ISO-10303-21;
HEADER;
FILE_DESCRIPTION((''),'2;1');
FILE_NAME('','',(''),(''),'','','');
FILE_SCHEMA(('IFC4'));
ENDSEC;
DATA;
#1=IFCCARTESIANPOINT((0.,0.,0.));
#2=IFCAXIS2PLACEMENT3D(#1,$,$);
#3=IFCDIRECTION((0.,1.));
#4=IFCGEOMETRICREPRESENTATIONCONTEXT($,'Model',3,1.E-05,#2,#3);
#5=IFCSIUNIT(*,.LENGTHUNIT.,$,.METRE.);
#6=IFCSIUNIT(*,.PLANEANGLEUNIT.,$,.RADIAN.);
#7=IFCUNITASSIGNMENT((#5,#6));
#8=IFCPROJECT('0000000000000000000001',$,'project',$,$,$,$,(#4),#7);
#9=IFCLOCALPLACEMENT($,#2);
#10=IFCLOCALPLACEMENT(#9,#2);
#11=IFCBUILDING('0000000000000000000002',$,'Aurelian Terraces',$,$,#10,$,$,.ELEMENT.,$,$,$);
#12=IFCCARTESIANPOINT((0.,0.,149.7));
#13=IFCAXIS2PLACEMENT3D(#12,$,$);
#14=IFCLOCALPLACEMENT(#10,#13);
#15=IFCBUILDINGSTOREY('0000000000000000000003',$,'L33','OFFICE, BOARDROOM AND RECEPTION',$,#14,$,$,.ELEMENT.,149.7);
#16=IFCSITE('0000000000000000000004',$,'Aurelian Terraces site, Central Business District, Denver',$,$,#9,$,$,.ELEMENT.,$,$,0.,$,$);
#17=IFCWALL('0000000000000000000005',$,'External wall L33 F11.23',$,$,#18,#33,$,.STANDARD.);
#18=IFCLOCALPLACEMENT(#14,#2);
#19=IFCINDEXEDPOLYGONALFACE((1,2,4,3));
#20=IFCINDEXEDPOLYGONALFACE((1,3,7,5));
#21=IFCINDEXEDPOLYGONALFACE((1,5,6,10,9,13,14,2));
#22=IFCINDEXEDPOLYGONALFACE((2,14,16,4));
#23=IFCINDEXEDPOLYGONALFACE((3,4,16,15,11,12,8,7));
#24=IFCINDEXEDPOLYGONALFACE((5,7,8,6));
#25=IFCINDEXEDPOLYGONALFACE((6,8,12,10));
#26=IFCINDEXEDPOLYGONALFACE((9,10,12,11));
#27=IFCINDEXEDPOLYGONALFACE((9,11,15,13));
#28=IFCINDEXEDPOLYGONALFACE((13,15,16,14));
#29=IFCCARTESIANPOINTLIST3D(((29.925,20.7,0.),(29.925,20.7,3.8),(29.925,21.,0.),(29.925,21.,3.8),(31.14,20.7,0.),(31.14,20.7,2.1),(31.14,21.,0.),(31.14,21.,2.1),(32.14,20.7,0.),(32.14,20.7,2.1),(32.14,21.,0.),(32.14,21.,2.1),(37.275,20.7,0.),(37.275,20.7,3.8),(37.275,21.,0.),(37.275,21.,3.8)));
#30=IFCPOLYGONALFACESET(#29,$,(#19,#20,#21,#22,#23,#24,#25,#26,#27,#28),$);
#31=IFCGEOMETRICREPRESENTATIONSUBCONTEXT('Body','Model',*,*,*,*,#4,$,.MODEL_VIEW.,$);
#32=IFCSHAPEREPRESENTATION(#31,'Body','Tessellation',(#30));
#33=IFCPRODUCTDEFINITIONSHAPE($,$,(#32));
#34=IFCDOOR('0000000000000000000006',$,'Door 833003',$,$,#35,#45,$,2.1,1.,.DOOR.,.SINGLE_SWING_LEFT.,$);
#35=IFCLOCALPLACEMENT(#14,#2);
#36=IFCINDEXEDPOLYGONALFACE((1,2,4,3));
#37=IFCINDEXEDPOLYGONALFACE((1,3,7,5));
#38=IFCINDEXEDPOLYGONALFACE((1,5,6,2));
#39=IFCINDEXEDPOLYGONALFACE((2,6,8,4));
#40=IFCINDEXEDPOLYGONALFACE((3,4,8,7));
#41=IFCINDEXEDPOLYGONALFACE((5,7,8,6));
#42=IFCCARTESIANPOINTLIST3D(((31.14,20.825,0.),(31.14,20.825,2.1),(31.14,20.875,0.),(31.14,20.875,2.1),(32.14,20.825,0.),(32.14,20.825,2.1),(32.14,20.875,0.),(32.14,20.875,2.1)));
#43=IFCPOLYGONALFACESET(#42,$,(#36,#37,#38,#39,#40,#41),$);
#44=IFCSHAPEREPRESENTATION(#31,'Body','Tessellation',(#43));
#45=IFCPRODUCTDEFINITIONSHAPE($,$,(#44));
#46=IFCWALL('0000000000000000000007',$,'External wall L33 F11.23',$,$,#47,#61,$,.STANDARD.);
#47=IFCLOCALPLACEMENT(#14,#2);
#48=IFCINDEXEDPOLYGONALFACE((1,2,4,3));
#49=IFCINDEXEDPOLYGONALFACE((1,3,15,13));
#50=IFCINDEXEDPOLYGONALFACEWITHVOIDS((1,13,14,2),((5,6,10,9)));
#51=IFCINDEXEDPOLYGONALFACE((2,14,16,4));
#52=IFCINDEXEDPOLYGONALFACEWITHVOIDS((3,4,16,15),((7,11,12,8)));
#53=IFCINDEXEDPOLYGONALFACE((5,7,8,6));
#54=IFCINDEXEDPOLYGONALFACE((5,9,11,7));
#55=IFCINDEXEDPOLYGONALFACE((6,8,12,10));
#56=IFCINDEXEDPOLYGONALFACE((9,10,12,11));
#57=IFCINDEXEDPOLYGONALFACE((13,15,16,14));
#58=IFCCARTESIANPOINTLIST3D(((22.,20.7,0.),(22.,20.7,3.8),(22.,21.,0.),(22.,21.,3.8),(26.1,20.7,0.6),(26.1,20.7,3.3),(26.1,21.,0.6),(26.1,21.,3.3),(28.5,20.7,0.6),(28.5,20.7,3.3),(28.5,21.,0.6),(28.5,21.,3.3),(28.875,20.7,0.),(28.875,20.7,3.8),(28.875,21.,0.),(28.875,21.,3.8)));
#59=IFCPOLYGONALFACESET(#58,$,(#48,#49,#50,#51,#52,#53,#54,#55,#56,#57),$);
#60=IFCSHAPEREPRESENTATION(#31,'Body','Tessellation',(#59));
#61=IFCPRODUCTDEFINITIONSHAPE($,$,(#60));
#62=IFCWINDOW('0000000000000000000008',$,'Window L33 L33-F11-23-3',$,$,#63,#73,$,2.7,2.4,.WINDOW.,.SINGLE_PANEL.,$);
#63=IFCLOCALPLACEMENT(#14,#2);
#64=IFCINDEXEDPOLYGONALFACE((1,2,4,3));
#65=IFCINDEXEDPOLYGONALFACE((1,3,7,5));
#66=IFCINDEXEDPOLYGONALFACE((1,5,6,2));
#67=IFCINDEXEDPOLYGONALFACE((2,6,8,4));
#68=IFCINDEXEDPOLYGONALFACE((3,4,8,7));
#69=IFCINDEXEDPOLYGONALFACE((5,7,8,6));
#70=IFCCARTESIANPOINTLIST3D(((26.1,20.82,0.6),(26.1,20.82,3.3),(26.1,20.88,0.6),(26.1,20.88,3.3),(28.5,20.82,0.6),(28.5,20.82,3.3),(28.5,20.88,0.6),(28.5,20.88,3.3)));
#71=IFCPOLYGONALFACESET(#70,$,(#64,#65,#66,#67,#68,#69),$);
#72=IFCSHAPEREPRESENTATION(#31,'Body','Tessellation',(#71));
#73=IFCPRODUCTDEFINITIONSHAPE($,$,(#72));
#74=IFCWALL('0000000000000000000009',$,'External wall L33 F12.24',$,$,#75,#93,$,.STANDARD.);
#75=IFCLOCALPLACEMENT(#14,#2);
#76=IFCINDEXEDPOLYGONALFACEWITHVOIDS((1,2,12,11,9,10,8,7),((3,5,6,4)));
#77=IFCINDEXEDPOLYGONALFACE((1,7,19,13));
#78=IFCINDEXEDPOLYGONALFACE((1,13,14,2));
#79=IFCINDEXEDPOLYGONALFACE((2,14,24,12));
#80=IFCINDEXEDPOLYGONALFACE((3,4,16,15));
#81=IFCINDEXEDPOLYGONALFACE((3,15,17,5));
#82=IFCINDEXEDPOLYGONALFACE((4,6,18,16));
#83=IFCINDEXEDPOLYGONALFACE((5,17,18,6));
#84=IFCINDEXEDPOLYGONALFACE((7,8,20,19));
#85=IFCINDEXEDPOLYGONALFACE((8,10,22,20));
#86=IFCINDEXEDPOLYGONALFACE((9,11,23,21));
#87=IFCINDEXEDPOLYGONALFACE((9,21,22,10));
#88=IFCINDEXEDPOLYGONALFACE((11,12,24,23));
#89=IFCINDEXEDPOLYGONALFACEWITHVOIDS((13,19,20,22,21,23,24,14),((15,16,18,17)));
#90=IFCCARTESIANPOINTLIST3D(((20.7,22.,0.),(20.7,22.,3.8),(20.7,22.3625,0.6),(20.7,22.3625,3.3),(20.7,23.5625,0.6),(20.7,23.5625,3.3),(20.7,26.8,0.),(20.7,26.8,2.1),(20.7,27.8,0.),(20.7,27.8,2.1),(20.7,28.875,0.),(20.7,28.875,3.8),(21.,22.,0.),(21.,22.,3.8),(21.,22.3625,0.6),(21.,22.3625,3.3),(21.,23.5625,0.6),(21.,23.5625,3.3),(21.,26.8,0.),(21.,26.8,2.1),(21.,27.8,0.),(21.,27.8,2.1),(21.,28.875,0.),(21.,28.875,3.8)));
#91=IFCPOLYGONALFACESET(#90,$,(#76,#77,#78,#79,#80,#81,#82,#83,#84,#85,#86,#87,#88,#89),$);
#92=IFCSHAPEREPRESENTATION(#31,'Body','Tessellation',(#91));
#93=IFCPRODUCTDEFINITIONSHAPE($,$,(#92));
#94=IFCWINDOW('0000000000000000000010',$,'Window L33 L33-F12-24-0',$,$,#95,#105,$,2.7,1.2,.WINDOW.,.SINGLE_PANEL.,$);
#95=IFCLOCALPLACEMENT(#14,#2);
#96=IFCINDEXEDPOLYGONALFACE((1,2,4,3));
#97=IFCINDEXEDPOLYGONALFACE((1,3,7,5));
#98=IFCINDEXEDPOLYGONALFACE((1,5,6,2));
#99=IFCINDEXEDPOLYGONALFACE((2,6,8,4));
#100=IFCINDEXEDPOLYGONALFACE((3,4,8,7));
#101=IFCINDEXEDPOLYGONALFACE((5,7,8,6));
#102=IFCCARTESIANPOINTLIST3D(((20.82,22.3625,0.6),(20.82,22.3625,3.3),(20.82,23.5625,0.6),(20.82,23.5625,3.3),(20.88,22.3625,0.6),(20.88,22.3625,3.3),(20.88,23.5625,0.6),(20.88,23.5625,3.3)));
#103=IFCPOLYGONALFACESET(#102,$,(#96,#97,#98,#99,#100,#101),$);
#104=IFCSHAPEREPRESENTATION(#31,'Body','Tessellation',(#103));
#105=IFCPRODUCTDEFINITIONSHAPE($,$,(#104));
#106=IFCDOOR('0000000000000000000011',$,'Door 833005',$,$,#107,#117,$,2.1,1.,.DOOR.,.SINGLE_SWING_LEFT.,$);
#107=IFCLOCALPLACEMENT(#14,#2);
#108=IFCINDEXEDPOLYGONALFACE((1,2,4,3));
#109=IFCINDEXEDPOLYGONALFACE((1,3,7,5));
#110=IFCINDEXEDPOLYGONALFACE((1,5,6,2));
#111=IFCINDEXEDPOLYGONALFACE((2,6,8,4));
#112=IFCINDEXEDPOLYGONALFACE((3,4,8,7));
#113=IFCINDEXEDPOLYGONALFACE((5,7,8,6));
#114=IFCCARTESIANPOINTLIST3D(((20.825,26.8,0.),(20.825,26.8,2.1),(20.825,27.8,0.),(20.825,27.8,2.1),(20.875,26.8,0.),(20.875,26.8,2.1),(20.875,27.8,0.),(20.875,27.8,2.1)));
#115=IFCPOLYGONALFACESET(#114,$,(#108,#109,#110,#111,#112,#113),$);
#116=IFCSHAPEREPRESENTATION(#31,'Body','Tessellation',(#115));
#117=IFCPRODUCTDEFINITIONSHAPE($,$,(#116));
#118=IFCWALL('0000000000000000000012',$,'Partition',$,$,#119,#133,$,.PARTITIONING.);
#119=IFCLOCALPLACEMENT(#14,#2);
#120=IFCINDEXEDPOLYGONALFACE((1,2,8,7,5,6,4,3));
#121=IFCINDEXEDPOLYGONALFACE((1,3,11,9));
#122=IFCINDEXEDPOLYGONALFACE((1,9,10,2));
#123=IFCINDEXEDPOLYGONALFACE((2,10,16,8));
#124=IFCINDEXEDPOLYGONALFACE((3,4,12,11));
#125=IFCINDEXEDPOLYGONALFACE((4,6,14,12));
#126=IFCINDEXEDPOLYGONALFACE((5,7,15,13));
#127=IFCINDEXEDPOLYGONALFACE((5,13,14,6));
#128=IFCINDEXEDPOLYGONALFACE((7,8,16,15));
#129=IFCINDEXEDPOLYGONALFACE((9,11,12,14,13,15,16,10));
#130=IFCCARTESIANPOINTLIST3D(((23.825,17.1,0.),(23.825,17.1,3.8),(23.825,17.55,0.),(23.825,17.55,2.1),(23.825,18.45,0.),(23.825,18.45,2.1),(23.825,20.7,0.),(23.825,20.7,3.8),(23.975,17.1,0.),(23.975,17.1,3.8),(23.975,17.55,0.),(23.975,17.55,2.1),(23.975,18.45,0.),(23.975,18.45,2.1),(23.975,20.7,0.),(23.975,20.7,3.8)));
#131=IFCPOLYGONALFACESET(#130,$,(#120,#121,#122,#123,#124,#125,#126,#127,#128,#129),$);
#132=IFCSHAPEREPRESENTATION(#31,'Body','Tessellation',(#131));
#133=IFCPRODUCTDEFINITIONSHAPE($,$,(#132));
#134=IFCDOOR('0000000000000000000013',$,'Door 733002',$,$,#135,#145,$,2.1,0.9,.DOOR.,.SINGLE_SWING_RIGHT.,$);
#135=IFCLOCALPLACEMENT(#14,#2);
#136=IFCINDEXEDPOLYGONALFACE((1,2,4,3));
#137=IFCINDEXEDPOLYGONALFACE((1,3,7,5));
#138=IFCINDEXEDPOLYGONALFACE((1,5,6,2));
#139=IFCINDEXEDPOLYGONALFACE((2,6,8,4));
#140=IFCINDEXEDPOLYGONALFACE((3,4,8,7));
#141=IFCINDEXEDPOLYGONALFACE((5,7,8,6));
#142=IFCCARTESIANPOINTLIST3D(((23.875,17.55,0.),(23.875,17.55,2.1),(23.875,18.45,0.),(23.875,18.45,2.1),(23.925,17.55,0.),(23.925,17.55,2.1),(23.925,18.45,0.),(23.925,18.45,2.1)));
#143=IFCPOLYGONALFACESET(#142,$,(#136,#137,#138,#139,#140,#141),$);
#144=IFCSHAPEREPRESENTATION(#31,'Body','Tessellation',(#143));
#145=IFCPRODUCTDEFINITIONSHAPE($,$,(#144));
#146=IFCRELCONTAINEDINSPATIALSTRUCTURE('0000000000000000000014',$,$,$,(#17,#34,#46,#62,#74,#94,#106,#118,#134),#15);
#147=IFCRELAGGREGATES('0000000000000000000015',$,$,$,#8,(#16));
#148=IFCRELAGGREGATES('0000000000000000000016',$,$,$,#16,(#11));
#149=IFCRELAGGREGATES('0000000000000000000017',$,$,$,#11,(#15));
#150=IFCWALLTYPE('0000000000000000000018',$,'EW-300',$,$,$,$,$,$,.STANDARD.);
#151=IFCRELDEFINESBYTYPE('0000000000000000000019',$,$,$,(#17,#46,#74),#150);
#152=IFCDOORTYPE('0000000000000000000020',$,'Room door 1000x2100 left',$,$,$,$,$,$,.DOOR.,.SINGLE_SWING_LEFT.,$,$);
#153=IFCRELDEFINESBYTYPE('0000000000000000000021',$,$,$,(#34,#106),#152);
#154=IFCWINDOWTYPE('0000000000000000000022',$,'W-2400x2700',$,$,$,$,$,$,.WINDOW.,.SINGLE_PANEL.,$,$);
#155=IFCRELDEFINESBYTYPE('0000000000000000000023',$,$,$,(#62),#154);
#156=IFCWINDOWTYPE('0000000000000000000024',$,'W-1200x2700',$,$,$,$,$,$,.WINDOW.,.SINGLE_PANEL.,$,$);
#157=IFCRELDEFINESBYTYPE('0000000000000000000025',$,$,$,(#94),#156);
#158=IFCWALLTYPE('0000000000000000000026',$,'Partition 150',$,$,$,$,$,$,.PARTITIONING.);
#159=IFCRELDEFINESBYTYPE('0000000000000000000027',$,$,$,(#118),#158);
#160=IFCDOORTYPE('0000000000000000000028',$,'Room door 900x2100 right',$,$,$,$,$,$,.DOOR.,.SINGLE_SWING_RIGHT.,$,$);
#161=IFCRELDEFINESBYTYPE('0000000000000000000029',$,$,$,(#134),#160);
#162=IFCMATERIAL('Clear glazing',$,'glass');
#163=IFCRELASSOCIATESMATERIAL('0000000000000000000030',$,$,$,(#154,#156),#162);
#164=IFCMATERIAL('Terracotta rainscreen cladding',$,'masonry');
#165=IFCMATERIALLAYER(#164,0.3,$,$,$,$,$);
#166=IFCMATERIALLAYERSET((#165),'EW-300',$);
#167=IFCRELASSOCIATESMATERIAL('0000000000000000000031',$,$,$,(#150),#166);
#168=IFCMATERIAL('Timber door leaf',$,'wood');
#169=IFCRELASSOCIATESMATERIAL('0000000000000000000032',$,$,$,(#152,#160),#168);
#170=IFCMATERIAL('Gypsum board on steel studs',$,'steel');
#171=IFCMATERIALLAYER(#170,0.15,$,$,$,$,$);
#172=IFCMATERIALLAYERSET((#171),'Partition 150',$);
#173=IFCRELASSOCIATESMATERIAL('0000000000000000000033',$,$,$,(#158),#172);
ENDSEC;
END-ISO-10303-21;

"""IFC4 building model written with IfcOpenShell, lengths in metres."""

from ifc_helpers import new_model, si_unit, direction, frame, frame_2d, origin, place, context, subcontext, project, spatial, rectangle, extrude, source, transform, mapped, material, layer, layer_set, type_object, element, fill, save


model = new_model("IFC4")

# Units and contexts
model_context = context("Model", 3, precision=1e-05, world=origin(), true_north=direction((0.0, 1.0)))
body_context = subcontext(model_context, "Body", "Model", "MODEL_VIEW")
ifc_project = project(units=[si_unit("LENGTHUNIT", "METRE"), si_unit("PLANEANGLEUNIT", "RADIAN")], contexts=[model_context])

# Site, building, storey
site_placement = place(None, origin())
site = spatial("IfcSite", under=ifc_project, at=site_placement, Name="Aurelian Terraces site, Central Business District, Denver", CompositionType="ELEMENT", RefElevation=0.0)
building_placement = place(site_placement, origin())
building = spatial("IfcBuilding", under=site, at=building_placement, Name="Aurelian Terraces", CompositionType="ELEMENT")
storey_placement = place(building_placement, frame((0.0, 0.0, 149.7)))
storey = spatial("IfcBuildingStorey", under=building, at=storey_placement, Name="L33", Description="OFFICE, BOARDROOM AND RECEPTION", CompositionType="ELEMENT", Elevation=149.7)

# Shared definitions
ifc_material_1 = material(Name="Clear glazing", Category="glass")
window_type_1 = type_object("IfcWindowType", Name="W-2400x2700", PartitioningType="SINGLE_PANEL", PredefinedType="WINDOW", material=ifc_material_1)
shared_shape_1 = source(origin(), body_context, "Body", "SweptSolid", [
    extrude(rectangle(XDim=2.4, YDim=2.7, at=frame_2d((1.2, 1.35))), frame((0.0, 0.03, 0.0), z_axis=(0.0, -1.0, 0.0), x_axis=(1.0, 0.0, 0.0)), (0.0, 0.0, 1.0), 0.06),
])

# Wall, opening, door
ifc_material_2 = material(Name="Terracotta rainscreen cladding", Category="masonry")
ifc_layer_1 = layer(ifc_material_2, 0.3)
ifc_layer_set_1 = layer_set([ifc_layer_1], Name="EW-300")
wall_type_1 = type_object("IfcWallType", Name="EW-300", PredefinedType="STANDARD", material=ifc_layer_set_1)
shared_shape_2 = source(origin(), body_context, "Body", "SweptSolid", [
    extrude(rectangle(XDim=7.35, YDim=0.3, at=frame_2d((3.675, 0.0))), origin(), (0.0, 0.0, 1.0), 3.8),
])
wall_1_placement = place(storey_placement, frame((37.275, 20.85, 0.0), z_axis=(0.0, 0.0, 1.0), x_axis=(-1.0, 0.0, 0.0)))
wall_1 = element("IfcWall", 1, at=wall_1_placement, inside=storey, type_object=wall_type_1, Name="External wall L33 F11.23", PredefinedType="STANDARD", context=body_context, shape_type="MappedRepresentation", body=[
    mapped(shared_shape_2, transform((0.0, 0.0, 0.0), scale=1.0)),
])
shared_shape_3 = source(origin(), body_context, "Body", "SweptSolid", [
    extrude(rectangle(XDim=1.0, YDim=2.1, at=frame_2d((0.5, 1.05))), frame((0.0, 0.16, 0.0), z_axis=(0.0, -1.0, 0.0), x_axis=(1.0, 0.0, 0.0)), (0.0, 0.0, 1.0), 0.32),
])
opening_1_placement = place(wall_1_placement, frame((5.135, 0.0, 0.0)))
opening_1 = element("IfcOpeningElement", 2, at=opening_1_placement, cuts=wall_1, PredefinedType="OPENING", context=body_context, shape_type="MappedRepresentation", body=[
    mapped(shared_shape_3, transform((0.0, 0.0, 0.0), scale=1.0)),
])
ifc_material_3 = material(Name="Timber door leaf", Category="wood")
door_type_1 = type_object("IfcDoorType", Name="Room door 1000x2100 left", OperationType="SINGLE_SWING_LEFT", PredefinedType="DOOR", material=ifc_material_3)
shared_shape_4 = source(origin(), body_context, "Body", "SweptSolid", [
    extrude(rectangle(XDim=1.0, YDim=2.1, at=frame_2d((0.5, 1.05))), frame((0.0, 0.025, 0.0), z_axis=(0.0, -1.0, 0.0), x_axis=(1.0, 0.0, 0.0)), (0.0, 0.0, 1.0), 0.05),
])
door_1_placement = place(opening_1_placement, origin())
door_1 = element("IfcDoor", 3, at=door_1_placement, inside=storey, type_object=door_type_1, Name="Door 833003", OperationType="SINGLE_SWING_LEFT", OverallHeight=2.1, OverallWidth=1.0, PredefinedType="DOOR", context=body_context, shape_type="MappedRepresentation", body=[
    mapped(shared_shape_4, transform((0.0, 0.0, 0.0), scale=1.0)),
])
fill(opening_1, door_1)

# Wall, opening, window
shared_shape_5 = source(origin(), body_context, "Body", "SweptSolid", [
    extrude(rectangle(XDim=6.875, YDim=0.3, at=frame_2d((3.4375, 0.0))), origin(), (0.0, 0.0, 1.0), 3.8),
])
wall_2_placement = place(storey_placement, frame((28.875, 20.85, 0.0), z_axis=(0.0, 0.0, 1.0), x_axis=(-1.0, 0.0, 0.0)))
wall_2 = element("IfcWall", 4, at=wall_2_placement, inside=storey, type_object=wall_type_1, Name="External wall L33 F11.23", PredefinedType="STANDARD", context=body_context, shape_type="MappedRepresentation", body=[
    mapped(shared_shape_5, transform((0.0, 0.0, 0.0), scale=1.0)),
])
shared_shape_6 = source(origin(), body_context, "Body", "SweptSolid", [
    extrude(rectangle(XDim=2.4, YDim=2.7, at=frame_2d((1.2, 1.35))), frame((0.0, 0.16, 0.0), z_axis=(0.0, -1.0, 0.0), x_axis=(1.0, 0.0, 0.0)), (0.0, 0.0, 1.0), 0.32),
])
opening_2_placement = place(wall_2_placement, frame((0.375, 0.0, 0.6)))
opening_2 = element("IfcOpeningElement", 5, at=opening_2_placement, cuts=wall_2, PredefinedType="OPENING", context=body_context, shape_type="MappedRepresentation", body=[
    mapped(shared_shape_6, transform((0.0, 0.0, 0.0), scale=1.0)),
])
window_1_placement = place(opening_2_placement, origin())
window_1 = element("IfcWindow", 6, at=window_1_placement, inside=storey, type_object=window_type_1, Name="Window L33 L33-F11-23-3", OverallHeight=2.7, OverallWidth=2.4, PartitioningType="SINGLE_PANEL", PredefinedType="WINDOW", context=body_context, shape_type="MappedRepresentation", body=[
    mapped(shared_shape_1, transform((0.0, 0.0, 0.0), scale=1.0)),
])
fill(opening_2, window_1)

# Wall, openings, window, door
wall_3_placement = place(storey_placement, frame((20.85, 22.0, 0.0), z_axis=(0.0, 0.0, 1.0), x_axis=(0.0, 1.0, 0.0)))
wall_3 = element("IfcWall", 7, at=wall_3_placement, inside=storey, type_object=wall_type_1, Name="External wall L33 F12.24", PredefinedType="STANDARD", context=body_context, shape_type="MappedRepresentation", body=[
    mapped(shared_shape_5, transform((0.0, 0.0, 0.0), scale=1.0)),
])
shared_shape_7 = source(origin(), body_context, "Body", "SweptSolid", [
    extrude(rectangle(XDim=1.2, YDim=2.7, at=frame_2d((0.6, 1.35))), frame((0.0, 0.16, 0.0), z_axis=(0.0, -1.0, 0.0), x_axis=(1.0, 0.0, 0.0)), (0.0, 0.0, 1.0), 0.32),
])
opening_3_placement = place(wall_3_placement, frame((0.3625, 0.0, 0.6)))
opening_3 = element("IfcOpeningElement", 8, at=opening_3_placement, cuts=wall_3, PredefinedType="OPENING", context=body_context, shape_type="MappedRepresentation", body=[
    mapped(shared_shape_7, transform((0.0, 0.0, 0.0), scale=1.0)),
])
opening_4_placement = place(wall_3_placement, frame((4.8, 0.0, 0.0)))
opening_4 = element("IfcOpeningElement", 9, at=opening_4_placement, cuts=wall_3, PredefinedType="OPENING", context=body_context, shape_type="MappedRepresentation", body=[
    mapped(shared_shape_3, transform((0.0, 0.0, 0.0), scale=1.0)),
])
window_type_2 = type_object("IfcWindowType", Name="W-1200x2700", PartitioningType="SINGLE_PANEL", PredefinedType="WINDOW", material=ifc_material_1)
shared_shape_8 = source(origin(), body_context, "Body", "SweptSolid", [
    extrude(rectangle(XDim=1.2, YDim=2.7, at=frame_2d((0.6, 1.35))), frame((0.0, 0.03, 0.0), z_axis=(0.0, -1.0, 0.0), x_axis=(1.0, 0.0, 0.0)), (0.0, 0.0, 1.0), 0.06),
])
window_2_placement = place(opening_3_placement, origin())
window_2 = element("IfcWindow", 10, at=window_2_placement, inside=storey, type_object=window_type_2, Name="Window L33 L33-F12-24-0", OverallHeight=2.7, OverallWidth=1.2, PartitioningType="SINGLE_PANEL", PredefinedType="WINDOW", context=body_context, shape_type="MappedRepresentation", body=[
    mapped(shared_shape_8, transform((0.0, 0.0, 0.0), scale=1.0)),
])
fill(opening_3, window_2)
door_2_placement = place(opening_4_placement, origin())
door_2 = element("IfcDoor", 11, at=door_2_placement, inside=storey, type_object=door_type_1, Name="Door 833005", OperationType="SINGLE_SWING_LEFT", OverallHeight=2.1, OverallWidth=1.0, PredefinedType="DOOR", context=body_context, shape_type="MappedRepresentation", body=[
    mapped(shared_shape_4, transform((0.0, 0.0, 0.0), scale=1.0)),
])
fill(opening_4, door_2)

# Wall, opening, door
ifc_material_4 = material(Name="Gypsum board on steel studs", Category="steel")
ifc_layer_2 = layer(ifc_material_4, 0.15)
ifc_layer_set_2 = layer_set([ifc_layer_2], Name="Partition 150")
wall_type_2 = type_object("IfcWallType", Name="Partition 150", PredefinedType="PARTITIONING", material=ifc_layer_set_2)
shared_shape_9 = source(origin(), body_context, "Body", "SweptSolid", [
    extrude(rectangle(XDim=3.6, YDim=0.15, at=frame_2d((1.8, 0.0))), origin(), (0.0, 0.0, 1.0), 3.8),
])
wall_4_placement = place(storey_placement, frame((23.9, 20.7, 0.0), z_axis=(0.0, 0.0, 1.0), x_axis=(0.0, -1.0, 0.0)))
wall_4 = element("IfcWall", 12, at=wall_4_placement, inside=storey, type_object=wall_type_2, Name="Partition", PredefinedType="PARTITIONING", context=body_context, shape_type="MappedRepresentation", body=[
    mapped(shared_shape_9, transform((0.0, 0.0, 0.0), scale=1.0)),
])
shared_shape_10 = source(origin(), body_context, "Body", "SweptSolid", [
    extrude(rectangle(XDim=0.9, YDim=2.1, at=frame_2d((0.45, 1.05))), frame((0.0, 0.085, 0.0), z_axis=(0.0, -1.0, 0.0), x_axis=(1.0, 0.0, 0.0)), (0.0, 0.0, 1.0), 0.17),
])
opening_5_placement = place(wall_4_placement, frame((2.25, 0.0, 0.0)))
opening_5 = element("IfcOpeningElement", 13, at=opening_5_placement, cuts=wall_4, PredefinedType="OPENING", context=body_context, shape_type="MappedRepresentation", body=[
    mapped(shared_shape_10, transform((0.0, 0.0, 0.0), scale=1.0)),
])
door_type_2 = type_object("IfcDoorType", Name="Room door 900x2100 right", OperationType="SINGLE_SWING_RIGHT", PredefinedType="DOOR", material=ifc_material_3)
shared_shape_11 = source(origin(), body_context, "Body", "SweptSolid", [
    extrude(rectangle(XDim=0.9, YDim=2.1, at=frame_2d((0.45, 1.05))), frame((0.0, 0.025, 0.0), z_axis=(0.0, -1.0, 0.0), x_axis=(1.0, 0.0, 0.0)), (0.0, 0.0, 1.0), 0.05),
])
door_3_placement = place(opening_5_placement, origin())
door_3 = element("IfcDoor", 14, at=door_3_placement, inside=storey, type_object=door_type_2, Name="Door 733002", OperationType="SINGLE_SWING_RIGHT", OverallHeight=2.1, OverallWidth=0.9, PredefinedType="DOOR", context=body_context, shape_type="MappedRepresentation", body=[
    mapped(shared_shape_11, transform((0.0, 0.0, 0.0), scale=1.0)),
])
fill(opening_5, door_3)

save(model, "model.ifc")
